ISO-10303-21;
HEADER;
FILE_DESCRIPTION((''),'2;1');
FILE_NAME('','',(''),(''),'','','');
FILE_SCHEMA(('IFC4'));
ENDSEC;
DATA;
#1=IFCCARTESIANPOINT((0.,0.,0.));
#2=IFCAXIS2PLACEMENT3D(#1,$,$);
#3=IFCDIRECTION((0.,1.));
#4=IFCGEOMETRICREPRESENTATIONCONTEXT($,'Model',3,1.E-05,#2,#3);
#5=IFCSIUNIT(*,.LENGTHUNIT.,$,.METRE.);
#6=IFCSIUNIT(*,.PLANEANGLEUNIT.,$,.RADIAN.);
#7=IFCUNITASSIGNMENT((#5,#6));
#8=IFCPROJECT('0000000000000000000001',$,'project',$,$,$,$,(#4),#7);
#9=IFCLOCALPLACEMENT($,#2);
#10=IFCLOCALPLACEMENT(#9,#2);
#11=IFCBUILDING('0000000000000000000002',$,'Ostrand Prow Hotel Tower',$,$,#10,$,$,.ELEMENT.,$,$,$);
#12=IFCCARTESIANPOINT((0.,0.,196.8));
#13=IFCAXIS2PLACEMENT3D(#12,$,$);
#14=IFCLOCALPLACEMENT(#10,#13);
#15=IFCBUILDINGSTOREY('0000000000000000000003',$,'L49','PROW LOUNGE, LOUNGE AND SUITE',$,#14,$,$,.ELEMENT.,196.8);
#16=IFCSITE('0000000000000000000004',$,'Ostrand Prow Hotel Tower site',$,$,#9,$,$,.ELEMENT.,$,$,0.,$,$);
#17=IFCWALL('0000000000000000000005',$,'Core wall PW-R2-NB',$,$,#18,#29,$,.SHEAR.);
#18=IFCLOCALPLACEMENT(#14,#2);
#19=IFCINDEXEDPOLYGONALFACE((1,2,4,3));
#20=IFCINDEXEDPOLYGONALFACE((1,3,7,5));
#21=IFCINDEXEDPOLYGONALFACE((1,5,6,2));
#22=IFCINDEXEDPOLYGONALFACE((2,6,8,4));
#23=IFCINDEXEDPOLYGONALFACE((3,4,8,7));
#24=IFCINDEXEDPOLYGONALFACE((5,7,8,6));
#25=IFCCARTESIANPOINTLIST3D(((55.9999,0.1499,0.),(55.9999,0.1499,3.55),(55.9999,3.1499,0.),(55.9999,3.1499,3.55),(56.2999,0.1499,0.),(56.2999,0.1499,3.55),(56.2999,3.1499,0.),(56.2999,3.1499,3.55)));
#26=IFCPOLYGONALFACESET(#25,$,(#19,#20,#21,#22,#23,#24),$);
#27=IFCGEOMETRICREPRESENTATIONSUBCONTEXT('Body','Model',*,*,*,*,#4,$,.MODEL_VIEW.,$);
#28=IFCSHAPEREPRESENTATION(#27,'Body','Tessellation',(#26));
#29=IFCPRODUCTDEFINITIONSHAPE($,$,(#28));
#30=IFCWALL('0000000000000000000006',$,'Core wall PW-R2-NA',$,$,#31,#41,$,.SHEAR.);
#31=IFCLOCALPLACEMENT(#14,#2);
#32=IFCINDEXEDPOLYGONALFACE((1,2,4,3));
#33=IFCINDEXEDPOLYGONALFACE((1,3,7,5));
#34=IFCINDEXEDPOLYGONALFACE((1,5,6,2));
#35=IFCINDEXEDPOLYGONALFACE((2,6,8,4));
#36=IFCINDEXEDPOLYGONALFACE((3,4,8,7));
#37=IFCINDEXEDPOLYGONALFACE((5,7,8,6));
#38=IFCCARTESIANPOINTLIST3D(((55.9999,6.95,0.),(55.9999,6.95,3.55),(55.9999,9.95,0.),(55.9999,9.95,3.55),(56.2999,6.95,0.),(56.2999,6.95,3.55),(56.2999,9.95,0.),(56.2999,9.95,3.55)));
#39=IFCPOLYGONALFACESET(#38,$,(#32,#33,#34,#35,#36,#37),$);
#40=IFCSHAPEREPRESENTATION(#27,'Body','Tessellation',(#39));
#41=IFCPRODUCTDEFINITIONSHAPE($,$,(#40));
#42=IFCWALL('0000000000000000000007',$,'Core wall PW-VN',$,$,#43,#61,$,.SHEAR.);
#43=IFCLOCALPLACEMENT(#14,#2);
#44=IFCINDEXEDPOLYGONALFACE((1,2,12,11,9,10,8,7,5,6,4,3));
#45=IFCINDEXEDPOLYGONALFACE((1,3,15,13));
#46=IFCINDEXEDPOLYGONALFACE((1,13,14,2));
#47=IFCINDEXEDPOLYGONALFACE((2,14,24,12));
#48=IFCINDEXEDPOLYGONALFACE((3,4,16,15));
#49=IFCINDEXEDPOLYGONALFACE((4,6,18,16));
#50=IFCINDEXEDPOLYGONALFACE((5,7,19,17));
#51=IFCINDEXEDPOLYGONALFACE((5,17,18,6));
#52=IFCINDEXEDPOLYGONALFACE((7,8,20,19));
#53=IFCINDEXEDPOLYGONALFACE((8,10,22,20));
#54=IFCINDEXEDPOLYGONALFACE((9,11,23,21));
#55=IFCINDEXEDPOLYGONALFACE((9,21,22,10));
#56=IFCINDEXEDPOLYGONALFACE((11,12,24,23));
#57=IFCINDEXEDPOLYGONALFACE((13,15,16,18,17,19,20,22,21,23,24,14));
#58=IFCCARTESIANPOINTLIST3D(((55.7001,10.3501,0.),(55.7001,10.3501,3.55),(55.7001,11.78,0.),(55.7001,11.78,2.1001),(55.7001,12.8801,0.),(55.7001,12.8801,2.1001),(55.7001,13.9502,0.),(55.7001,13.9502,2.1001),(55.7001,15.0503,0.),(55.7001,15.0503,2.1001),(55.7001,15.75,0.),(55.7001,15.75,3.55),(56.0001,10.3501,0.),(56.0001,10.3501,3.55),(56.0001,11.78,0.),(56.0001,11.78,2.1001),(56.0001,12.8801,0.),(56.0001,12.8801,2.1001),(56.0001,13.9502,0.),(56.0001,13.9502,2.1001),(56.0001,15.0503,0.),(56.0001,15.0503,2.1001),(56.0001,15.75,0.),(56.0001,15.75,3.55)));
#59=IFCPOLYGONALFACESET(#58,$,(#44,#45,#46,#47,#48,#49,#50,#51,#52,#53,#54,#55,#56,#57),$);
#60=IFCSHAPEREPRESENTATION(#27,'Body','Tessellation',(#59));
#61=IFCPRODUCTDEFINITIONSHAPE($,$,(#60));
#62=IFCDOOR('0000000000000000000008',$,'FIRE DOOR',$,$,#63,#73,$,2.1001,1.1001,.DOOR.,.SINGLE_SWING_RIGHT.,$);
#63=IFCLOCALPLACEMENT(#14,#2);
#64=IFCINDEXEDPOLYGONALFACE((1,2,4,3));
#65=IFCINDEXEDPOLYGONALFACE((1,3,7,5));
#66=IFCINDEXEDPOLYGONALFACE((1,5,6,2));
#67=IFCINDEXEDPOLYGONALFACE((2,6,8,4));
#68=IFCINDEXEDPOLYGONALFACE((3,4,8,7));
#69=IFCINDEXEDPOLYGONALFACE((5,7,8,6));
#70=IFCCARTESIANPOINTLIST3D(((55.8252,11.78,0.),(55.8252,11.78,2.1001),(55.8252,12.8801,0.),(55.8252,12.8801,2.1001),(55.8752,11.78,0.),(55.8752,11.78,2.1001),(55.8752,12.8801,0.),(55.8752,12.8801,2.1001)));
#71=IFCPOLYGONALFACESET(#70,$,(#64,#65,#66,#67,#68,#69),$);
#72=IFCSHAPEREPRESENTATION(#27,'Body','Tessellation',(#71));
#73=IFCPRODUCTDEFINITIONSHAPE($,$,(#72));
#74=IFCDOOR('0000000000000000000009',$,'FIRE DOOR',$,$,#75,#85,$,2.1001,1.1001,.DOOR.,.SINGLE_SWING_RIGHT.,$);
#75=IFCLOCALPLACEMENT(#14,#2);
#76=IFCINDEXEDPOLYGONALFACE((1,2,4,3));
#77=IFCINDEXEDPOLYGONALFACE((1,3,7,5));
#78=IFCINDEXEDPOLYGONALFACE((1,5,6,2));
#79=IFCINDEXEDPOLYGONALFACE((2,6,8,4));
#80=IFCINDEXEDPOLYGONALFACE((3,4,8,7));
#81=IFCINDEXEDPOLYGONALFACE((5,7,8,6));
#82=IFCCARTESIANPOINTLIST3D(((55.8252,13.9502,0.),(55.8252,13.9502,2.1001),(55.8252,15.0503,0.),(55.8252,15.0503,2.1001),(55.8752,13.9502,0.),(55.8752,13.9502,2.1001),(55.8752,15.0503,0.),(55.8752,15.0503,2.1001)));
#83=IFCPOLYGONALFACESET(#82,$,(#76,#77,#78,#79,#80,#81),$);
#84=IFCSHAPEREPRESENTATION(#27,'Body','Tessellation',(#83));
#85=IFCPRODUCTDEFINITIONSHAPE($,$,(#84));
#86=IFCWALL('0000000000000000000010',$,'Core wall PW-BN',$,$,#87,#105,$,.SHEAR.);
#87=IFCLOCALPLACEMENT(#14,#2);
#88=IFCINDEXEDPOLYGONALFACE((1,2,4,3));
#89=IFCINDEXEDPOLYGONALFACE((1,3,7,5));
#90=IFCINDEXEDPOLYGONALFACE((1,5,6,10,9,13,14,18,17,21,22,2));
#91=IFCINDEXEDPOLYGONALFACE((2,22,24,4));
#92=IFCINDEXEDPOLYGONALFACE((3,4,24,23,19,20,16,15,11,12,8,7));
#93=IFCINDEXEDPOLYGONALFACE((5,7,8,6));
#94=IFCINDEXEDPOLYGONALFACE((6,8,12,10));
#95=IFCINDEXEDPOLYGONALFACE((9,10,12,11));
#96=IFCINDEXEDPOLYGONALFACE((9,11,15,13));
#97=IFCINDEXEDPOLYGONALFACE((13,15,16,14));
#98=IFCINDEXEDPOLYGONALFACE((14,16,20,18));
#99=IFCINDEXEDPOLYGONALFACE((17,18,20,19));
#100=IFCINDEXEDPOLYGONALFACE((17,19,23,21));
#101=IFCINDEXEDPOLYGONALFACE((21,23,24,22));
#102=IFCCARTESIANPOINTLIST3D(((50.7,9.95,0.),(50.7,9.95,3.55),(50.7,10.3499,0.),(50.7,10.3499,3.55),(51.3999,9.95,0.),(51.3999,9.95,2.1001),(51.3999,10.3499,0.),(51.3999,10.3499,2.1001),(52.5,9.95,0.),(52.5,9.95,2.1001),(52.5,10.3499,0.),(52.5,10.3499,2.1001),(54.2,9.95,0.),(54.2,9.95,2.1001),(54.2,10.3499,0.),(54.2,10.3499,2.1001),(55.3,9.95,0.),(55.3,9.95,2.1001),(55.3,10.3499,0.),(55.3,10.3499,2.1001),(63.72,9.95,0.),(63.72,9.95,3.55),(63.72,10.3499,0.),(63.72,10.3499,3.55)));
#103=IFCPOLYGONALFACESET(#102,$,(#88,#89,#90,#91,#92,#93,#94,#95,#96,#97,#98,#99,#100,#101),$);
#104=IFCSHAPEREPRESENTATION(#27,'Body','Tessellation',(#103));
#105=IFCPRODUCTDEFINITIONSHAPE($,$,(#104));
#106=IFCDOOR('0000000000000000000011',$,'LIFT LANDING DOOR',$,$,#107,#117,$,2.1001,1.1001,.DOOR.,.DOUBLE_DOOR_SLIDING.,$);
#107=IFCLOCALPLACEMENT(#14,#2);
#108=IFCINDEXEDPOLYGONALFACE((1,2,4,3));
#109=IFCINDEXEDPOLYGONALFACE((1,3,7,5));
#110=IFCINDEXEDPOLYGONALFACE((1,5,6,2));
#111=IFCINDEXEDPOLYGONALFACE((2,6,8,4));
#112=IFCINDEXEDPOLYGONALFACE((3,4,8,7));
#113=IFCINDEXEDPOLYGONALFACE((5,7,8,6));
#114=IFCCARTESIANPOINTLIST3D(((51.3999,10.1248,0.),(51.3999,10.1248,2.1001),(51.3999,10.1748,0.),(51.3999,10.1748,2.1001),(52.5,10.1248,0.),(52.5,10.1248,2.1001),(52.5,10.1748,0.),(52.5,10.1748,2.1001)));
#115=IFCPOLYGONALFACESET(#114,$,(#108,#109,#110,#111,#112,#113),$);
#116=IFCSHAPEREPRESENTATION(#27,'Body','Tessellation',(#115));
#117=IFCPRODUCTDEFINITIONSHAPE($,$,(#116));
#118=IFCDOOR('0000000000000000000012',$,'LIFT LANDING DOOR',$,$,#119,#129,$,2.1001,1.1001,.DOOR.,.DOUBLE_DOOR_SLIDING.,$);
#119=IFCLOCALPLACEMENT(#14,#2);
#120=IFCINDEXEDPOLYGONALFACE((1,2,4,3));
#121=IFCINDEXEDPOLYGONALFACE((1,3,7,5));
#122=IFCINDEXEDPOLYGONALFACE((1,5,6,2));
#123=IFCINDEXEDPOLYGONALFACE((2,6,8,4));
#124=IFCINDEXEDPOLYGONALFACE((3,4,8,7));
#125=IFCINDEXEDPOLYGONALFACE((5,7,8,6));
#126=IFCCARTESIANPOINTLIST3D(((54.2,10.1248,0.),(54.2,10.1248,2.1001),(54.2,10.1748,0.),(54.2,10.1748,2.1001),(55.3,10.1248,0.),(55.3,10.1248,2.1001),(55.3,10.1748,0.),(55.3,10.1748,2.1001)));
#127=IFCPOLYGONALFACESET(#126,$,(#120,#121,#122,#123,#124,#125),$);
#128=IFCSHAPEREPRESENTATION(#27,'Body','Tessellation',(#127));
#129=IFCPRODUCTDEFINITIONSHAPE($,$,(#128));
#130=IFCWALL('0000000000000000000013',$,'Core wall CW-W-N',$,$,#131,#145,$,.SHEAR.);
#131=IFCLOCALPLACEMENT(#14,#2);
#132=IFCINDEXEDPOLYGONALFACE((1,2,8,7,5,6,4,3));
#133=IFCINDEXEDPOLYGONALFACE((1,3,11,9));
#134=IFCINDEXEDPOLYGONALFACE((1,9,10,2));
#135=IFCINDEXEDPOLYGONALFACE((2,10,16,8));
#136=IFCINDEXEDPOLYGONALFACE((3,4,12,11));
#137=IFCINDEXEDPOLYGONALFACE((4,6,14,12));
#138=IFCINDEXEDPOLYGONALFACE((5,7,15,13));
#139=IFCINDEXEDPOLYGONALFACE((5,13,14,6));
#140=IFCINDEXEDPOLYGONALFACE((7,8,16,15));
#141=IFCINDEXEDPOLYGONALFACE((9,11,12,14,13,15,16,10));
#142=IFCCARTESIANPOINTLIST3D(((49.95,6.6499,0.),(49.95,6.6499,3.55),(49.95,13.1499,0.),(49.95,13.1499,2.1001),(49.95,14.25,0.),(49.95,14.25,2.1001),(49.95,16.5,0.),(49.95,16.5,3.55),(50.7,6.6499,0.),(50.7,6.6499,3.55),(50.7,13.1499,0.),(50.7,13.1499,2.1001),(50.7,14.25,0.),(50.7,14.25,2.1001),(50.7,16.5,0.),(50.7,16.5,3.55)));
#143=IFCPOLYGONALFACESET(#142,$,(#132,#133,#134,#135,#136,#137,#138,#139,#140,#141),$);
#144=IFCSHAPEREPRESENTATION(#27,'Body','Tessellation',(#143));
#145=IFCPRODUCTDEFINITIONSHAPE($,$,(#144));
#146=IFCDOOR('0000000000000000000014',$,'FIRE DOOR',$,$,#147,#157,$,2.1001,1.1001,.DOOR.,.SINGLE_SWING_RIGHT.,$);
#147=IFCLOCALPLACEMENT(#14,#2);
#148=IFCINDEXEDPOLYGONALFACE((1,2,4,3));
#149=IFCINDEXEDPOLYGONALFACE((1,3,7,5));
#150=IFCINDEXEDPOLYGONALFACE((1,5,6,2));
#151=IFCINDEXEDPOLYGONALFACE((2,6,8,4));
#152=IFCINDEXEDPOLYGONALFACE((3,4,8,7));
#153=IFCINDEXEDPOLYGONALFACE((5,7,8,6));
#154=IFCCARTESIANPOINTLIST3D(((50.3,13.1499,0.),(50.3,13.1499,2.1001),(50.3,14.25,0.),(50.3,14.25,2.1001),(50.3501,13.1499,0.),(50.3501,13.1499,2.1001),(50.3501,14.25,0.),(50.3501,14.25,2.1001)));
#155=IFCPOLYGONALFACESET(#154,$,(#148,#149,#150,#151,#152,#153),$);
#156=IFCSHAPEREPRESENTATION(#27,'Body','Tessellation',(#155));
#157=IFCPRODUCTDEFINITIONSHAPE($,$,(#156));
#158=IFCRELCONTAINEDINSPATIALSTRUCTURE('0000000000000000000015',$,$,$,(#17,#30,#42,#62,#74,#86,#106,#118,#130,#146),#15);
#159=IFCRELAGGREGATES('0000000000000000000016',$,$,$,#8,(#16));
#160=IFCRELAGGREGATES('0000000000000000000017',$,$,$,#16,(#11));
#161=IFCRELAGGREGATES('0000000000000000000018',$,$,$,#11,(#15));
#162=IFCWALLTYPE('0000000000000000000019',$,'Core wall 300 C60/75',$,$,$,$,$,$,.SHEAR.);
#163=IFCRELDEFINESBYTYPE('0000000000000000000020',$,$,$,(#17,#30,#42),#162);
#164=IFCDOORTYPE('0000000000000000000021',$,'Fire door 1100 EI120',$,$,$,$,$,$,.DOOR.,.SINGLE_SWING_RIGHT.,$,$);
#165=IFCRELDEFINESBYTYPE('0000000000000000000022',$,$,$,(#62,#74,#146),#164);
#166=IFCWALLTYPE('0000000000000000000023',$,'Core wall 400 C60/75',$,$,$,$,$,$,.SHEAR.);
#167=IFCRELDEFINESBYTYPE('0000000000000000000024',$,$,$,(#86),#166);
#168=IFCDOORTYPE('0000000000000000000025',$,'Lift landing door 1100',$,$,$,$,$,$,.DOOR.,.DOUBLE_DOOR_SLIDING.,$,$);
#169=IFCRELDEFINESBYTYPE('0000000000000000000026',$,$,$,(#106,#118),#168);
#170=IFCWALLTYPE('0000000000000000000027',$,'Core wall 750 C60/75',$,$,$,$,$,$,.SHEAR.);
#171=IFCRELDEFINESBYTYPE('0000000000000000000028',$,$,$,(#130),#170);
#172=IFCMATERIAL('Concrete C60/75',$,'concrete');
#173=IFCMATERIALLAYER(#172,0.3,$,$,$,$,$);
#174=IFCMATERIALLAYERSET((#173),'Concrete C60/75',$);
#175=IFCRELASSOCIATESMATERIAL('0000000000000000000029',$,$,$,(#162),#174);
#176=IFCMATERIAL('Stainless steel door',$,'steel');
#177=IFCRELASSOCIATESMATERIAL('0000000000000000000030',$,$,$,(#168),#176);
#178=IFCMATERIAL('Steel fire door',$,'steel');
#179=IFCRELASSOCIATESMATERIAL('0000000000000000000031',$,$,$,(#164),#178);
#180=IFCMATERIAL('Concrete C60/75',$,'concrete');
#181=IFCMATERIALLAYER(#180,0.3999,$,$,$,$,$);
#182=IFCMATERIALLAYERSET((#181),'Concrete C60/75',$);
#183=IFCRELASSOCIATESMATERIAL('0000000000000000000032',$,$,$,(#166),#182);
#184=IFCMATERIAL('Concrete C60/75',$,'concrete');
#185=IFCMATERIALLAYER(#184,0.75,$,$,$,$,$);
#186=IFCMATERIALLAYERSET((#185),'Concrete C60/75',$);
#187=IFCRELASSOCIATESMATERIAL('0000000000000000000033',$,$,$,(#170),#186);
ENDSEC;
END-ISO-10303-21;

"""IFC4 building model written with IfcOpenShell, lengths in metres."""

from ifc_helpers import new_model, si_unit, direction, frame, frame_2d, origin, place, context, subcontext, project, spatial, rectangle, extrude, material, layer, layer_set, type_object, element, fill, save


model = new_model("IFC4")

# Units and contexts
model_context = context("Model", 3, precision=1e-05, world=origin(), true_north=direction((0.0, 1.0)))
body_context = subcontext(model_context, "Body", "Model", "MODEL_VIEW")
ifc_project = project(units=[si_unit("LENGTHUNIT", "METRE"), si_unit("PLANEANGLEUNIT", "RADIAN")], contexts=[model_context])

# Site, building, storey
site_placement = place(None, origin())
site = spatial("IfcSite", under=ifc_project, at=site_placement, Name="Ostrand Prow Hotel Tower site", CompositionType="ELEMENT", RefElevation=0.0)
building_placement = place(site_placement, origin())
building = spatial("IfcBuilding", under=site, at=building_placement, Name="Ostrand Prow Hotel Tower", CompositionType="ELEMENT")
storey_placement = place(building_placement, frame((0.0, 0.0, 196.8)))
storey = spatial("IfcBuildingStorey", under=building, at=storey_placement, Name="L49", Description="PROW LOUNGE, LOUNGE AND SUITE", CompositionType="ELEMENT", Elevation=196.8)

# Shared definitions
ifc_material_1 = material(Name="Concrete C60/75", Category="concrete")
ifc_layer_1 = layer(ifc_material_1, 0.3)
ifc_layer_set_1 = layer_set([ifc_layer_1], Name="Concrete C60/75")
wall_type_1 = type_object("IfcWallType", Name="Core wall 300 C60/75", PredefinedType="SHEAR", material=ifc_layer_set_1)
ifc_material_2 = material(Name="Stainless steel door", Category="steel")
door_type_1 = type_object("IfcDoorType", Name="Lift landing door 1100", OperationType="DOUBLE_DOOR_SLIDING", PredefinedType="DOOR", material=ifc_material_2)

# Walls
for number, where, z_axis, x_axis, name in (
    (1, (56.1499, 0.1499, 0.0), (0.0, 0.0, 1.0), (0.0, 1.0, 0.0), "Core wall PW-R2-NB"),
    (2, (56.1499, 6.95, 0.0), (0.0, 0.0, 1.0), (0.0, 1.0, 0.0), "Core wall PW-R2-NA"),
):
    element("IfcWall", number, at=place(storey_placement, frame(where, z_axis=z_axis, x_axis=x_axis)), inside=storey, type_object=wall_type_1, Name=name, PredefinedType="SHEAR", context=body_context, shape_type="SweptSolid", body=[
        extrude(rectangle(XDim=3.0, YDim=0.3, at=frame_2d((1.5, 0.0))), origin(), (0.0, 0.0, 1.0), 3.55),
    ])

# Walls, openings, doors
wall_1_placement = place(storey_placement, frame((55.8501, 10.3501, 0.0), z_axis=(0.0, 0.0, 1.0), x_axis=(0.0, 1.0, 0.0)))
wall_1 = element("IfcWall", 3, at=wall_1_placement, inside=storey, type_object=wall_type_1, Name="Core wall PW-VN", PredefinedType="SHEAR", context=body_context, shape_type="SweptSolid", body=[
    extrude(rectangle(XDim=5.3999, YDim=0.3, at=frame_2d((2.7, 0.0))), origin(), (0.0, 0.0, 1.0), 3.55),
])
opening_1_placement = place(wall_1_placement, frame((1.4299, 0.0, 0.0)))
opening_1 = element("IfcOpeningElement", 4, at=opening_1_placement, cuts=wall_1, PredefinedType="OPENING", context=body_context, shape_type="SweptSolid", body=[
    extrude(rectangle(XDim=1.1001, YDim=2.1001, at=frame_2d((0.55, 1.05))), frame((0.0, 0.1599, 0.0), z_axis=(0.0, -1.0, 0.0), x_axis=(1.0, 0.0, 0.0)), (0.0, 0.0, 1.0), 0.3201),
])
opening_2_placement = place(wall_1_placement, frame((3.6001, 0.0, 0.0)))
opening_2 = element("IfcOpeningElement", 5, at=opening_2_placement, cuts=wall_1, PredefinedType="OPENING", context=body_context, shape_type="SweptSolid", body=[
    extrude(rectangle(XDim=1.1001, YDim=2.1001, at=frame_2d((0.55, 1.05))), frame((0.0, 0.1599, 0.0), z_axis=(0.0, -1.0, 0.0), x_axis=(1.0, 0.0, 0.0)), (0.0, 0.0, 1.0), 0.3201),
])
ifc_material_3 = material(Name="Steel fire door", Category="steel")
door_type_2 = type_object("IfcDoorType", Name="Fire door 1100 EI120", OperationType="SINGLE_SWING_RIGHT", PredefinedType="DOOR", material=ifc_material_3)
door_1_placement = place(opening_1_placement, origin())
door_1 = element("IfcDoor", 6, at=door_1_placement, inside=storey, type_object=door_type_2, Name="FIRE DOOR", OperationType="SINGLE_SWING_RIGHT", OverallHeight=2.1001, OverallWidth=1.1001, PredefinedType="DOOR", context=body_context, shape_type="SweptSolid", body=[
    extrude(rectangle(XDim=1.1001, YDim=2.1001, at=frame_2d((0.55, 1.05))), frame((0.0, 0.0249, 0.0), z_axis=(0.0, -1.0, 0.0), x_axis=(1.0, 0.0, 0.0)), (0.0, 0.0, 1.0), 0.05),
])
fill(opening_1, door_1)
door_2_placement = place(opening_2_placement, origin())
door_2 = element("IfcDoor", 7, at=door_2_placement, inside=storey, type_object=door_type_2, Name="FIRE DOOR", OperationType="SINGLE_SWING_RIGHT", OverallHeight=2.1001, OverallWidth=1.1001, PredefinedType="DOOR", context=body_context, shape_type="SweptSolid", body=[
    extrude(rectangle(XDim=1.1001, YDim=2.1001, at=frame_2d((0.55, 1.05))), frame((0.0, 0.0249, 0.0), z_axis=(0.0, -1.0, 0.0), x_axis=(1.0, 0.0, 0.0)), (0.0, 0.0, 1.0), 0.05),
])
fill(opening_2, door_2)
ifc_material_4 = material(Name="Concrete C60/75", Category="concrete")
ifc_layer_2 = layer(ifc_material_4, 0.3999)
ifc_layer_set_2 = layer_set([ifc_layer_2], Name="Concrete C60/75")
wall_type_2 = type_object("IfcWallType", Name="Core wall 400 C60/75", PredefinedType="SHEAR", material=ifc_layer_set_2)
wall_2_placement = place(storey_placement, frame((50.7, 10.1499, 0.0), z_axis=(0.0, 0.0, 1.0), x_axis=(1.0, 0.0, 0.0)))
wall_2 = element("IfcWall", 8, at=wall_2_placement, inside=storey, type_object=wall_type_2, Name="Core wall PW-BN", PredefinedType="SHEAR", context=body_context, shape_type="SweptSolid", body=[
    extrude(rectangle(XDim=13.02, YDim=0.3999, at=frame_2d((6.51, 0.0))), origin(), (0.0, 0.0, 1.0), 3.55),
])
opening_3_placement = place(wall_2_placement, frame((0.7, 0.0, 0.0)))
opening_3 = element("IfcOpeningElement", 9, at=opening_3_placement, cuts=wall_2, PredefinedType="OPENING", context=body_context, shape_type="SweptSolid", body=[
    extrude(rectangle(XDim=1.1001, YDim=2.1001, at=frame_2d((0.55, 1.05))), frame((0.0, 0.21, 0.0), z_axis=(0.0, -1.0, 0.0), x_axis=(1.0, 0.0, 0.0)), (0.0, 0.0, 1.0), 0.4199),
])
opening_4_placement = place(wall_2_placement, frame((3.5, 0.0, 0.0)))
opening_4 = element("IfcOpeningElement", 10, at=opening_4_placement, cuts=wall_2, PredefinedType="OPENING", context=body_context, shape_type="SweptSolid", body=[
    extrude(rectangle(XDim=1.1001, YDim=2.1001, at=frame_2d((0.55, 1.05))), frame((0.0, 0.21, 0.0), z_axis=(0.0, -1.0, 0.0), x_axis=(1.0, 0.0, 0.0)), (0.0, 0.0, 1.0), 0.4199),
])
door_3_placement = place(opening_3_placement, origin())
door_3 = element("IfcDoor", 11, at=door_3_placement, inside=storey, type_object=door_type_1, Name="LIFT LANDING DOOR", OperationType="DOUBLE_DOOR_SLIDING", OverallHeight=2.1001, OverallWidth=1.1001, PredefinedType="DOOR", context=body_context, shape_type="SweptSolid", body=[
    extrude(rectangle(XDim=1.1001, YDim=2.1001, at=frame_2d((0.55, 1.05))), frame((0.0, 0.0249, 0.0), z_axis=(0.0, -1.0, 0.0), x_axis=(1.0, 0.0, 0.0)), (0.0, 0.0, 1.0), 0.05),
])
fill(opening_3, door_3)
door_4_placement = place(opening_4_placement, origin())
door_4 = element("IfcDoor", 12, at=door_4_placement, inside=storey, type_object=door_type_1, Name="LIFT LANDING DOOR", OperationType="DOUBLE_DOOR_SLIDING", OverallHeight=2.1001, OverallWidth=1.1001, PredefinedType="DOOR", context=body_context, shape_type="SweptSolid", body=[
    extrude(rectangle(XDim=1.1001, YDim=2.1001, at=frame_2d((0.55, 1.05))), frame((0.0, 0.0249, 0.0), z_axis=(0.0, -1.0, 0.0), x_axis=(1.0, 0.0, 0.0)), (0.0, 0.0, 1.0), 0.05),
])
fill(opening_4, door_4)

# Wall, opening, door
ifc_material_5 = material(Name="Concrete C60/75", Category="concrete")
ifc_layer_3 = layer(ifc_material_5, 0.75)
ifc_layer_set_3 = layer_set([ifc_layer_3], Name="Concrete C60/75")
wall_type_3 = type_object("IfcWallType", Name="Core wall 750 C60/75", PredefinedType="SHEAR", material=ifc_layer_set_3)
wall_3_placement = place(storey_placement, frame((50.325, 6.6499, 0.0), z_axis=(0.0, 0.0, 1.0), x_axis=(0.0, 1.0, 0.0)))
wall_3 = element("IfcWall", 13, at=wall_3_placement, inside=storey, type_object=wall_type_3, Name="Core wall CW-W-N", PredefinedType="SHEAR", context=body_context, shape_type="SweptSolid", body=[
    extrude(rectangle(XDim=9.8501, YDim=0.75, at=frame_2d((4.925, 0.0))), origin(), (0.0, 0.0, 1.0), 3.55),
])
opening_5_placement = place(wall_3_placement, frame((6.5, 0.0, 0.0)))
opening_5 = element("IfcOpeningElement", 14, at=opening_5_placement, cuts=wall_3, PredefinedType="OPENING", context=body_context, shape_type="SweptSolid", body=[
    extrude(rectangle(XDim=1.1001, YDim=2.1001, at=frame_2d((0.55, 1.05))), frame((0.0, 0.385, 0.0), z_axis=(0.0, -1.0, 0.0), x_axis=(1.0, 0.0, 0.0)), (0.0, 0.0, 1.0), 0.77),
])
door_5_placement = place(opening_5_placement, origin())
door_5 = element("IfcDoor", 15, at=door_5_placement, inside=storey, type_object=door_type_2, Name="FIRE DOOR", OperationType="SINGLE_SWING_RIGHT", OverallHeight=2.1001, OverallWidth=1.1001, PredefinedType="DOOR", context=body_context, shape_type="SweptSolid", body=[
    extrude(rectangle(XDim=1.1001, YDim=2.1001, at=frame_2d((0.55, 1.05))), frame((0.0, 0.0249, 0.0), z_axis=(0.0, -1.0, 0.0), x_axis=(1.0, 0.0, 0.0)), (0.0, 0.0, 1.0), 0.05),
])
fill(opening_5, door_5)

save(model, "model.ifc")
